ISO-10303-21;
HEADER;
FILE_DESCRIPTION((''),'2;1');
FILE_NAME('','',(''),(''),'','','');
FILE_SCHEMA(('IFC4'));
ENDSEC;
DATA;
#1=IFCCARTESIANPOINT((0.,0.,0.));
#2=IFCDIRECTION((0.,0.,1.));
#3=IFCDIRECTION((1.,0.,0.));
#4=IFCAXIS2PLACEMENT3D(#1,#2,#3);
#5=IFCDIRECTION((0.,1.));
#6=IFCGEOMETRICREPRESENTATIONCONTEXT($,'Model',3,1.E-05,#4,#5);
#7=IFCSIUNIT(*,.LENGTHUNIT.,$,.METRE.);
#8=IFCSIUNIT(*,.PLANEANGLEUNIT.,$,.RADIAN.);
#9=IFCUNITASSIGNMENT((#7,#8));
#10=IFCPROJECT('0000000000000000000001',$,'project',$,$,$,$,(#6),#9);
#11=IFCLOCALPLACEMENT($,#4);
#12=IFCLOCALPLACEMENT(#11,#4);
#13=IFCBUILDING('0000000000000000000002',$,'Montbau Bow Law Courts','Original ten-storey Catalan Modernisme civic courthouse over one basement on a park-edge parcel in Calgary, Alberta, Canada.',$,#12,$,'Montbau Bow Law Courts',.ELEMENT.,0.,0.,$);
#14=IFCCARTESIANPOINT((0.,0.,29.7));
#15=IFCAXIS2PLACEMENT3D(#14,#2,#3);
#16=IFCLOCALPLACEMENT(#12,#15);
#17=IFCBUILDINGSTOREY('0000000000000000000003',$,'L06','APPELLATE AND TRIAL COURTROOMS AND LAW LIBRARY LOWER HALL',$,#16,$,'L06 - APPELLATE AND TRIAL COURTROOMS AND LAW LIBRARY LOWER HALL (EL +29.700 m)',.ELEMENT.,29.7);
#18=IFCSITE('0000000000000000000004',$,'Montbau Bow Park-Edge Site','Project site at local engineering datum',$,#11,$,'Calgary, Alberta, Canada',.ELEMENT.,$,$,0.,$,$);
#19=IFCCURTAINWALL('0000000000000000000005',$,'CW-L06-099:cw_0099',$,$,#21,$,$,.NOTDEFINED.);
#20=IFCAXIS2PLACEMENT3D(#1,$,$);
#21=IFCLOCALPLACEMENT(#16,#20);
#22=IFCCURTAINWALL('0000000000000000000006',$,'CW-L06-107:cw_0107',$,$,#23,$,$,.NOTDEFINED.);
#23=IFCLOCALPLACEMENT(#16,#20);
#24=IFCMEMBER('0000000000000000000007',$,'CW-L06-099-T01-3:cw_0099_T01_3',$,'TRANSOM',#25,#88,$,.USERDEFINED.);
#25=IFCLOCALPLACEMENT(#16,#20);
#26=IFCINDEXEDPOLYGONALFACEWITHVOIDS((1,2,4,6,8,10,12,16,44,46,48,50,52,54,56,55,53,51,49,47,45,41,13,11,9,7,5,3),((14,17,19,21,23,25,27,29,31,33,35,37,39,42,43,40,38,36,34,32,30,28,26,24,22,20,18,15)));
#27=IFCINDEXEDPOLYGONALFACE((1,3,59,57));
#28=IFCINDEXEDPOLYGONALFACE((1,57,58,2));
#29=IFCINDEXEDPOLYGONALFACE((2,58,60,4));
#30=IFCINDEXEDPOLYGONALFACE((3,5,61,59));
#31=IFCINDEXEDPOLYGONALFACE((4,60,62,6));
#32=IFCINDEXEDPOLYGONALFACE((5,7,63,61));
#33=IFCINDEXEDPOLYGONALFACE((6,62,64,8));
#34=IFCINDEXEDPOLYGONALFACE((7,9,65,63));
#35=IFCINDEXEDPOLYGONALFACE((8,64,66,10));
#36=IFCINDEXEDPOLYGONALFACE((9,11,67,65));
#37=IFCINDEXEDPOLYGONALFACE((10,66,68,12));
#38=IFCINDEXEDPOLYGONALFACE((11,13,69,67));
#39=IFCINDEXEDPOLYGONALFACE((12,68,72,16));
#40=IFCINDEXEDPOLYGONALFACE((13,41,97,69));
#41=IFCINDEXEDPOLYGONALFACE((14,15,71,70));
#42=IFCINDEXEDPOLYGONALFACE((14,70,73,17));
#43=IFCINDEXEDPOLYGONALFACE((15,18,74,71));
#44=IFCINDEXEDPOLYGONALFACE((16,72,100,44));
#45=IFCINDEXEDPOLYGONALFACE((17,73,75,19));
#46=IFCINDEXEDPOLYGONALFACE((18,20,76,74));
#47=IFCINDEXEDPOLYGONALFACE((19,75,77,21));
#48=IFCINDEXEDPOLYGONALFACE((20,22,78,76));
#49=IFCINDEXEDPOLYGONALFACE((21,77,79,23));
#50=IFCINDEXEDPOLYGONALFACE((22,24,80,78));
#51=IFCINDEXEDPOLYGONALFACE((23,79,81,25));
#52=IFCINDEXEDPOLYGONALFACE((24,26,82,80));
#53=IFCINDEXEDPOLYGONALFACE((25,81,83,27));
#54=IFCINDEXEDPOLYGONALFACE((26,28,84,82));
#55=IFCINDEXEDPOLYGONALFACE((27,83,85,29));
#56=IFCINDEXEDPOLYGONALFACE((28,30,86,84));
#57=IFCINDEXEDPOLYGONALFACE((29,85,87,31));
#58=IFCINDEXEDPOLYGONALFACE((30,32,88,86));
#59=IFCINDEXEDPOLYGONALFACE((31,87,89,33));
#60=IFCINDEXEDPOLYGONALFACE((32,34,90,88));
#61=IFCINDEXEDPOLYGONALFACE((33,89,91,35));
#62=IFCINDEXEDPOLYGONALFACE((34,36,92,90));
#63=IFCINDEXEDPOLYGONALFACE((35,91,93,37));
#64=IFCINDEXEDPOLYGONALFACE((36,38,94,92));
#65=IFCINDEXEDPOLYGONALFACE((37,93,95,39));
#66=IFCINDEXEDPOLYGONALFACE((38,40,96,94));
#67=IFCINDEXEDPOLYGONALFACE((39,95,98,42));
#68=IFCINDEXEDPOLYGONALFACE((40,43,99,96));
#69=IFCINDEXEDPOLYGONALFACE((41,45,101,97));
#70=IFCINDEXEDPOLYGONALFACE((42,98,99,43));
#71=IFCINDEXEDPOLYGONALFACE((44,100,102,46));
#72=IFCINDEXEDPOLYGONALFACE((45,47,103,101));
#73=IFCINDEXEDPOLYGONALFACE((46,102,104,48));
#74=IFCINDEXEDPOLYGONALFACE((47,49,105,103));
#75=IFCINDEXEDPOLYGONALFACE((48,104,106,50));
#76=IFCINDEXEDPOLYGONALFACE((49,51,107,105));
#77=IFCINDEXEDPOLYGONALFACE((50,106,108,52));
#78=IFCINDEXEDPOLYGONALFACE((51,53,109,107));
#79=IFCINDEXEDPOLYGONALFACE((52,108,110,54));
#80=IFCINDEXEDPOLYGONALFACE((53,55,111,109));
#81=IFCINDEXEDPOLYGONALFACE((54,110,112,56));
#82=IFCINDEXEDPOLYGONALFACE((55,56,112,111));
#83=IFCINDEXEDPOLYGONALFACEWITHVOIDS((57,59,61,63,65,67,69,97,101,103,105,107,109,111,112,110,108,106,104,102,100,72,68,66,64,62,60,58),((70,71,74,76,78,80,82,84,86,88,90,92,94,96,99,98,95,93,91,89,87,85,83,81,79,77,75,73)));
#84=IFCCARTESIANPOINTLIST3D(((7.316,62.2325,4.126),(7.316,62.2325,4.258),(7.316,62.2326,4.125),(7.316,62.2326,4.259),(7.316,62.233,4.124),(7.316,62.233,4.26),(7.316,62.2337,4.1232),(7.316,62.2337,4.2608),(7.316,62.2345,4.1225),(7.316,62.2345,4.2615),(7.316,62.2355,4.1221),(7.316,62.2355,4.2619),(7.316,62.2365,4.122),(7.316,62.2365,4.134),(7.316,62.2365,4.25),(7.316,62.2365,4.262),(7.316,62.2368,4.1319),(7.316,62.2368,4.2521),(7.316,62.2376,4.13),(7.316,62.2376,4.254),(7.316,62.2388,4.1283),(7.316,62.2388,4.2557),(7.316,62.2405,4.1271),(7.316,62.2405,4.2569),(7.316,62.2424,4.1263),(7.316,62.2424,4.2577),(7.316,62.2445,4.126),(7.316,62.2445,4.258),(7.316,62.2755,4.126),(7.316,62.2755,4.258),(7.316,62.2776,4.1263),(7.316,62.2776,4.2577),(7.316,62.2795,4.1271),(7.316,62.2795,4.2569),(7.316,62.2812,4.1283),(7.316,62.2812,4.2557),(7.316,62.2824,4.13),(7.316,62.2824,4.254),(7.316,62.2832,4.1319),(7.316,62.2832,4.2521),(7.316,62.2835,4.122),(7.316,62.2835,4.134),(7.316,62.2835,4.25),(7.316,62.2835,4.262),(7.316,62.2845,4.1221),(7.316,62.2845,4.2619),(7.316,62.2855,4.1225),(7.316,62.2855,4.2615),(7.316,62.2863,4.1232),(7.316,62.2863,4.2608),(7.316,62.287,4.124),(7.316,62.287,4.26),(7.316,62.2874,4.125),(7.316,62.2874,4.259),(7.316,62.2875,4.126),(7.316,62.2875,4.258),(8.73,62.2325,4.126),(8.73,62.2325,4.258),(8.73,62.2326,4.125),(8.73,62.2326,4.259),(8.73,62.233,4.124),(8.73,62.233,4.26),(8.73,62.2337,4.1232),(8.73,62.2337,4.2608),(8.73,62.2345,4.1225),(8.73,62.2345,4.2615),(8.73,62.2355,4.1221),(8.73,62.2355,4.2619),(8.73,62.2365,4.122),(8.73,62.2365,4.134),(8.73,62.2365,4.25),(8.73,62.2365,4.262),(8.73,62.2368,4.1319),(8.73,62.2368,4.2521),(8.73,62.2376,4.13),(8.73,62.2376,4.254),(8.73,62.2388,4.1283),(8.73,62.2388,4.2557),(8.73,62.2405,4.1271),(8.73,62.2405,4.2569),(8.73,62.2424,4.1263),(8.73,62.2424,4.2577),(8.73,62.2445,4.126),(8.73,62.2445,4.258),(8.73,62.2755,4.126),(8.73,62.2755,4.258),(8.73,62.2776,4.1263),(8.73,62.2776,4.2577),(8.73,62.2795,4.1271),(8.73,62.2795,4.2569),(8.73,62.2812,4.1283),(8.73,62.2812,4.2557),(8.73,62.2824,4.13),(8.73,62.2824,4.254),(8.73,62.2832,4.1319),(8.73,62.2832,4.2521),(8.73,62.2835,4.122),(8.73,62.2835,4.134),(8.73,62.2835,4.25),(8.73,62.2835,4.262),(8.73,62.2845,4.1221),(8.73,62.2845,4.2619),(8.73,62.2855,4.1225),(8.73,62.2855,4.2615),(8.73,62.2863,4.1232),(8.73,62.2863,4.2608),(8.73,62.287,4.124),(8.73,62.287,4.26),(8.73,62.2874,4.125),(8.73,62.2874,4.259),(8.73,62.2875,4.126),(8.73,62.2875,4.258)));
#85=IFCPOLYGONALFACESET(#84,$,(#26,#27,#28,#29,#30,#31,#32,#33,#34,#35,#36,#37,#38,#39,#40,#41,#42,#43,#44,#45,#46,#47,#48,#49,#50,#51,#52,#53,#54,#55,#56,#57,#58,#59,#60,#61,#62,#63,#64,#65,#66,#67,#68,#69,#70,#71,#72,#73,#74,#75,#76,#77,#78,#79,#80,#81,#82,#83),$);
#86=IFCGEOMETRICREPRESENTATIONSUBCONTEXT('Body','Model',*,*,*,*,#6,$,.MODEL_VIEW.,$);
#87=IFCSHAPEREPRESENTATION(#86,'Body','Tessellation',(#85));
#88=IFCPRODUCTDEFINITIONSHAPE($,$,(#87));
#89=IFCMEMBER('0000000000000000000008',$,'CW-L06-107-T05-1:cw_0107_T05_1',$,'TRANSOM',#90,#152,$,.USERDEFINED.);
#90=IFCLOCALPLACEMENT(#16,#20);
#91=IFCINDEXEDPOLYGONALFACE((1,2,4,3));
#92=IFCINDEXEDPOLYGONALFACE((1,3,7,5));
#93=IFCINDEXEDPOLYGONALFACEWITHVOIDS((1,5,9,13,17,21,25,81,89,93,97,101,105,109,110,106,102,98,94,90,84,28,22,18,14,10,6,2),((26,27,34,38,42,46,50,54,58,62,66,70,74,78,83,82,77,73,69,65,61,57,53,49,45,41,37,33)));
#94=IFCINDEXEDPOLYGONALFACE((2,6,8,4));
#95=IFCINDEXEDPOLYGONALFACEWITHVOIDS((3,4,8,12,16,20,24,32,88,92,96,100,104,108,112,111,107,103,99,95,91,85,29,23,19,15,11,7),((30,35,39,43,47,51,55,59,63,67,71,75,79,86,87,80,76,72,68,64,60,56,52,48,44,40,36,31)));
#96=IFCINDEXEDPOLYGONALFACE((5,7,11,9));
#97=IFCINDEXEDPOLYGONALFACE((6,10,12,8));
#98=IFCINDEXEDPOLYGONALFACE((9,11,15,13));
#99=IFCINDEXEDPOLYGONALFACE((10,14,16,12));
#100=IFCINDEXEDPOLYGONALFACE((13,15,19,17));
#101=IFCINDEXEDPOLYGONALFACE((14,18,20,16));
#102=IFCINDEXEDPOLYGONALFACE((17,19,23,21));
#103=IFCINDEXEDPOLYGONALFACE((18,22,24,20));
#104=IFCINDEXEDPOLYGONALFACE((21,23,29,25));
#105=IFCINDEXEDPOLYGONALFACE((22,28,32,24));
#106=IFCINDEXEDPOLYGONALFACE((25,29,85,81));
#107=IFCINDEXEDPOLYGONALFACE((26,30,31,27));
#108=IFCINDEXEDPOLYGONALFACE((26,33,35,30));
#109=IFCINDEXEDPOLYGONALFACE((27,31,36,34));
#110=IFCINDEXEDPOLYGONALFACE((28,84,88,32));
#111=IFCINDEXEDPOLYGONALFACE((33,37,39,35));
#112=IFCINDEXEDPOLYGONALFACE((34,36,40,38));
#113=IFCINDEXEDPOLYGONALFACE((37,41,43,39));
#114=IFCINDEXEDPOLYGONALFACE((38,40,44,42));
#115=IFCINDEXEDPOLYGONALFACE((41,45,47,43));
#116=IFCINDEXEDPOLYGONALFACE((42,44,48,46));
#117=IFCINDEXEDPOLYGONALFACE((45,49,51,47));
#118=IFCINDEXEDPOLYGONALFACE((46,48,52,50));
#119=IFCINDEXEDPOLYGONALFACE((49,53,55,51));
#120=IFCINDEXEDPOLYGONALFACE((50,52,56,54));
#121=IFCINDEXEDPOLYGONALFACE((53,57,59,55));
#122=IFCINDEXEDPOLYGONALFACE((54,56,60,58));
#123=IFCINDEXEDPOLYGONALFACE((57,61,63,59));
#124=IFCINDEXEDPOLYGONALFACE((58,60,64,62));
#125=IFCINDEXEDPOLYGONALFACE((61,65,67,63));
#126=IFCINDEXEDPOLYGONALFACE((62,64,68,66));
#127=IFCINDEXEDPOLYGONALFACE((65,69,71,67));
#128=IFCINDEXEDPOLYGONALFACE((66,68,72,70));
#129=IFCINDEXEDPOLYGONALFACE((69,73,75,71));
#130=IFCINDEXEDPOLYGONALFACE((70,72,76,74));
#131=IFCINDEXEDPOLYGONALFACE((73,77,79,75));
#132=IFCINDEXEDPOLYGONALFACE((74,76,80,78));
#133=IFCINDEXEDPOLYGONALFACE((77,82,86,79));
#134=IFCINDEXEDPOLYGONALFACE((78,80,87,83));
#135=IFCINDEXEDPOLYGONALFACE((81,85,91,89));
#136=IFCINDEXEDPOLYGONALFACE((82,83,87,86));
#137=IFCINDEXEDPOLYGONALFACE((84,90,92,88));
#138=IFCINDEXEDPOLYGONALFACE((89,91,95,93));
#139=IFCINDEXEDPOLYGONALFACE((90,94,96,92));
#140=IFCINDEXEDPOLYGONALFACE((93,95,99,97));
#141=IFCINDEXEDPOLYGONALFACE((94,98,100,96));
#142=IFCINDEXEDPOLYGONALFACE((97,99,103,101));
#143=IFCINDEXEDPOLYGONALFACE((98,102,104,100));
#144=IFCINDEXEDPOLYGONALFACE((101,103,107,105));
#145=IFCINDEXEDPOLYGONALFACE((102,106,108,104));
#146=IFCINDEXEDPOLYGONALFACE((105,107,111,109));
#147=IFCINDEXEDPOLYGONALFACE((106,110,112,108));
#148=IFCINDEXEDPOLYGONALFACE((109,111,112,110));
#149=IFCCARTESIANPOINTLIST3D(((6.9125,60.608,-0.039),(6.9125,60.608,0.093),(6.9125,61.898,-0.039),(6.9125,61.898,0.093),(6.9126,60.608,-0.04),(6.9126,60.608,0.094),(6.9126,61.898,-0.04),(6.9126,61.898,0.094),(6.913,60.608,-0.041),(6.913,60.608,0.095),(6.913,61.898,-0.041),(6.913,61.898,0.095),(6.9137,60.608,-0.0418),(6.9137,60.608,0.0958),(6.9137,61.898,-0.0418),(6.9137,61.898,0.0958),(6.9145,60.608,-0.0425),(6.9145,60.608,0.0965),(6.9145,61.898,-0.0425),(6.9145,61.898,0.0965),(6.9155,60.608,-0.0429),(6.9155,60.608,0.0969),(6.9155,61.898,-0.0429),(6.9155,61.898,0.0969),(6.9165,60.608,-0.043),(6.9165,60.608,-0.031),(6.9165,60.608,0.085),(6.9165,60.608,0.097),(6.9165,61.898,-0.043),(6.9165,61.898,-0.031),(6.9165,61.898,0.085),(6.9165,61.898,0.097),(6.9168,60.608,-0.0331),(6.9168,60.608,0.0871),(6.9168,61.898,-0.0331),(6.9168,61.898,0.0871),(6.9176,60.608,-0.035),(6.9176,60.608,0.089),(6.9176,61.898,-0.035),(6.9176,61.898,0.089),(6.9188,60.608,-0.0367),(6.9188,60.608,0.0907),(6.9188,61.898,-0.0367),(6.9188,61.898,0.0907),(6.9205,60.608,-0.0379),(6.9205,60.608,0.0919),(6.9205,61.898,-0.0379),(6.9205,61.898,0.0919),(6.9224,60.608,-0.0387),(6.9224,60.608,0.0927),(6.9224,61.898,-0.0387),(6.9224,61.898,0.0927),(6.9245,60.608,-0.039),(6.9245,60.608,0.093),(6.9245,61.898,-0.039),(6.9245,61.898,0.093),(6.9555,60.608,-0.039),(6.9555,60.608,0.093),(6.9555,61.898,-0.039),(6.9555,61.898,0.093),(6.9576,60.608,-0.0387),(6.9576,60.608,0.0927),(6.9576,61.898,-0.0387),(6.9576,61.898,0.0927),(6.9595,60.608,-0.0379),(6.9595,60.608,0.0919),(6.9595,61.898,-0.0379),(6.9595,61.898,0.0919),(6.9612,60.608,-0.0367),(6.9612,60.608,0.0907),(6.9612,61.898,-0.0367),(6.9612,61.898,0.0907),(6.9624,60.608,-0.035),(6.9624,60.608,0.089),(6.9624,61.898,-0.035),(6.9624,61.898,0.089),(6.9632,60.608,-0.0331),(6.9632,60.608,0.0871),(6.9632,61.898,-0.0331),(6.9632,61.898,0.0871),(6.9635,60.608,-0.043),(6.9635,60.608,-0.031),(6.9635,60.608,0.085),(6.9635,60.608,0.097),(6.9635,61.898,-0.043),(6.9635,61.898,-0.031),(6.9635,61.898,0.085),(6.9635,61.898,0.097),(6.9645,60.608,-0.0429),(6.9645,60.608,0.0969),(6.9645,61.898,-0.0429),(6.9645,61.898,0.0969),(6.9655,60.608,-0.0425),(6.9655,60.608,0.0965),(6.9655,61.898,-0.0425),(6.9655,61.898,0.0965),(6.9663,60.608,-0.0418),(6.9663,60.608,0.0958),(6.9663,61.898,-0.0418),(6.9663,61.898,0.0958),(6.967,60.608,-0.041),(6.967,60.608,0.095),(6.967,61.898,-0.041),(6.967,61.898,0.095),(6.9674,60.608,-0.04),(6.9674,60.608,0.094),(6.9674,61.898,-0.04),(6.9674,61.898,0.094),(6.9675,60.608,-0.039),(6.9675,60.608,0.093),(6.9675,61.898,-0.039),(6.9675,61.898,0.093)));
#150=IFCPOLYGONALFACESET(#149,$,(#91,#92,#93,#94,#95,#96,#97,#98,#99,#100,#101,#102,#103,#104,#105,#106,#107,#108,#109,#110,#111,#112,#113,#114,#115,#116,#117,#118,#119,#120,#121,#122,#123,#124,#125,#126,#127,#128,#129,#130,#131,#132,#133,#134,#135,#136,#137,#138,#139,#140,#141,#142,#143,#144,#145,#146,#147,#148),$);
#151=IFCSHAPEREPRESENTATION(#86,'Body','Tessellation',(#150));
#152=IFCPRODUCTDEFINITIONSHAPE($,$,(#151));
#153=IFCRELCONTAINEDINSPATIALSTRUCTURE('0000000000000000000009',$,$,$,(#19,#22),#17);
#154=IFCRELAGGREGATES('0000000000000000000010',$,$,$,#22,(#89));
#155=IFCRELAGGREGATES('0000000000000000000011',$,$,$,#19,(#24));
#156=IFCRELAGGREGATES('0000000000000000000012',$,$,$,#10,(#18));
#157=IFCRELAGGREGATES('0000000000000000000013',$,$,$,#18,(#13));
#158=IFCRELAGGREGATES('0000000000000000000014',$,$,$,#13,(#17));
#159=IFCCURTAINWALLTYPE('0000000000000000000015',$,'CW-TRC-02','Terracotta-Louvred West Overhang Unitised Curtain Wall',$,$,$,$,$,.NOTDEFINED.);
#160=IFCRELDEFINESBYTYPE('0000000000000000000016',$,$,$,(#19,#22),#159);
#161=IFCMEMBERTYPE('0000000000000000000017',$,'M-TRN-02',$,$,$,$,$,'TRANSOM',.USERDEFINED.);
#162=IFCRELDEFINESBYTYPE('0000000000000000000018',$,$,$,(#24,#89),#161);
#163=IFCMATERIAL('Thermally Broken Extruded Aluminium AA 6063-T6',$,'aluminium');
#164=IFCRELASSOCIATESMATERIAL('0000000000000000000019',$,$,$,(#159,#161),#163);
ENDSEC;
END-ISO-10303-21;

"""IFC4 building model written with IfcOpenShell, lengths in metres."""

from ifc_helpers import new_model, si_unit, direction, frame, origin_with_axes, origin_2d_with_axis, place, context, subcontext, project, spatial, hollow_rectangle, extrude, material, material_profile, profile_set, type_object, element, aggregate, save


model = new_model("IFC4")

# Units and contexts
model_context = context("Model", 3, precision=1e-05, world=origin_with_axes(), true_north=direction((0.0, 1.0)))
body_context = subcontext(model_context, "Body", "Model", "MODEL_VIEW")
ifc_project = project(units=[si_unit("LENGTHUNIT", "METRE"), si_unit("PLANEANGLEUNIT", "RADIAN")], contexts=[model_context])

# Site, building, storey
site_placement = place(None, origin_with_axes())
site = spatial("IfcSite", under=ifc_project, at=site_placement, Name="Montbau Bow Park-Edge Site", Description="Project site at local engineering datum", LongName="Calgary, Alberta, Canada", CompositionType="ELEMENT", RefElevation=0.0)
building_placement = place(site_placement, origin_with_axes())
building = spatial("IfcBuilding", under=site, at=building_placement, Name="Montbau Bow Law Courts", Description="Original ten-storey Catalan Modernisme civic courthouse over one basement on a park-edge parcel in Calgary, Alberta, Canada.", LongName="Montbau Bow Law Courts", CompositionType="ELEMENT", ElevationOfRefHeight=0.0, ElevationOfTerrain=0.0)
storey_placement = place(building_placement, frame((0.0, 0.0, 29.7), z_axis=(0.0, 0.0, 1.0), x_axis=(1.0, 0.0, 0.0)))
storey = spatial("IfcBuildingStorey", under=building, at=storey_placement, Name="L06", Description="APPELLATE AND TRIAL COURTROOMS AND LAW LIBRARY LOWER HALL", LongName="L06 - APPELLATE AND TRIAL COURTROOMS AND LAW LIBRARY LOWER HALL (EL +29.700 m)", CompositionType="ELEMENT", Elevation=29.7)

# Curtain wall
ifc_material_1 = material(Name="Thermally Broken Extruded Aluminium AA 6063-T6", Category="aluminium")
curtain_wall_type = type_object("IfcCurtainWallType", Name="CW-TRC-02", Description="Terracotta-Louvred West Overhang Unitised Curtain Wall", PredefinedType="NOTDEFINED", material=ifc_material_1)
curtain_wall_1_placement = place(None, frame((7.24, 62.26, 29.7), z_axis=(0.0, 0.0, 1.0), x_axis=(1.0, 0.0, 0.0)))
curtain_wall_1 = element("IfcCurtainWall", 1, at=curtain_wall_1_placement, inside=storey, type_object=curtain_wall_type, Name="CW-L06-099:cw_0099", PredefinedType="NOTDEFINED")

# Curtain wall
curtain_wall_2_placement = place(None, frame((6.94, 55.04, 29.7), z_axis=(0.0, 0.0, 1.0), x_axis=(1.0, 0.0, 0.0)))
curtain_wall_2 = element("IfcCurtainWall", 2, at=curtain_wall_2_placement, inside=storey, type_object=curtain_wall_type, Name="CW-L06-107:cw_0107", PredefinedType="NOTDEFINED")

# Members
ifc_material_profile_1 = material_profile(ifc_material_1, hollow_rectangle(XDim=0.055, YDim=0.14, WallThickness=0.004, InnerFilletRadius=0.008, OuterFilletRadius=0.004, at=origin_2d_with_axis()), Name="CWT-140X55", Category="Main", Priority=0)
ifc_profile_set_1 = profile_set([ifc_material_profile_1], Name="Thermally Broken Extruded Aluminium AA 6063-T6")
member_type_1 = type_object("IfcMemberType", Name="M-TRN-02", ElementType="TRANSOM", PredefinedType="USERDEFINED", material=ifc_profile_set_1)
member_1_placement = place(None, frame((7.316, 62.26, 33.892), z_axis=(1.0, 0.0, 0.0), x_axis=(0.0, 1.0, 0.0)))
member_1 = element("IfcMember", 3, at=member_1_placement, type_object=member_type_1, Name="CW-L06-099-T01-3:cw_0099_T01_3", ObjectType="TRANSOM", PredefinedType="USERDEFINED", context=body_context, shape_type="SweptSolid", body=[
    extrude(hollow_rectangle(XDim=0.055, YDim=0.14, WallThickness=0.004, InnerFilletRadius=0.008, OuterFilletRadius=0.004, at=origin_2d_with_axis()), origin_with_axes(), (0.0, 0.0, 1.0), 1.414),
])
member_2_placement = place(None, frame((6.94, 60.608, 29.727), z_axis=(0.0, 1.0, 0.0), x_axis=(-1.0, 0.0, 0.0)))
member_2 = element("IfcMember", 4, at=member_2_placement, type_object=member_type_1, Name="CW-L06-107-T05-1:cw_0107_T05_1", ObjectType="TRANSOM", PredefinedType="USERDEFINED", context=body_context, shape_type="SweptSolid", body=[
    extrude(hollow_rectangle(XDim=0.055, YDim=0.14, WallThickness=0.004, InnerFilletRadius=0.008, OuterFilletRadius=0.004, at=origin_2d_with_axis()), origin_with_axes(), (0.0, 0.0, 1.0), 1.29),
])

aggregate(curtain_wall_2, [member_2])
aggregate(curtain_wall_1, [member_1])

save(model, "model.ifc")
